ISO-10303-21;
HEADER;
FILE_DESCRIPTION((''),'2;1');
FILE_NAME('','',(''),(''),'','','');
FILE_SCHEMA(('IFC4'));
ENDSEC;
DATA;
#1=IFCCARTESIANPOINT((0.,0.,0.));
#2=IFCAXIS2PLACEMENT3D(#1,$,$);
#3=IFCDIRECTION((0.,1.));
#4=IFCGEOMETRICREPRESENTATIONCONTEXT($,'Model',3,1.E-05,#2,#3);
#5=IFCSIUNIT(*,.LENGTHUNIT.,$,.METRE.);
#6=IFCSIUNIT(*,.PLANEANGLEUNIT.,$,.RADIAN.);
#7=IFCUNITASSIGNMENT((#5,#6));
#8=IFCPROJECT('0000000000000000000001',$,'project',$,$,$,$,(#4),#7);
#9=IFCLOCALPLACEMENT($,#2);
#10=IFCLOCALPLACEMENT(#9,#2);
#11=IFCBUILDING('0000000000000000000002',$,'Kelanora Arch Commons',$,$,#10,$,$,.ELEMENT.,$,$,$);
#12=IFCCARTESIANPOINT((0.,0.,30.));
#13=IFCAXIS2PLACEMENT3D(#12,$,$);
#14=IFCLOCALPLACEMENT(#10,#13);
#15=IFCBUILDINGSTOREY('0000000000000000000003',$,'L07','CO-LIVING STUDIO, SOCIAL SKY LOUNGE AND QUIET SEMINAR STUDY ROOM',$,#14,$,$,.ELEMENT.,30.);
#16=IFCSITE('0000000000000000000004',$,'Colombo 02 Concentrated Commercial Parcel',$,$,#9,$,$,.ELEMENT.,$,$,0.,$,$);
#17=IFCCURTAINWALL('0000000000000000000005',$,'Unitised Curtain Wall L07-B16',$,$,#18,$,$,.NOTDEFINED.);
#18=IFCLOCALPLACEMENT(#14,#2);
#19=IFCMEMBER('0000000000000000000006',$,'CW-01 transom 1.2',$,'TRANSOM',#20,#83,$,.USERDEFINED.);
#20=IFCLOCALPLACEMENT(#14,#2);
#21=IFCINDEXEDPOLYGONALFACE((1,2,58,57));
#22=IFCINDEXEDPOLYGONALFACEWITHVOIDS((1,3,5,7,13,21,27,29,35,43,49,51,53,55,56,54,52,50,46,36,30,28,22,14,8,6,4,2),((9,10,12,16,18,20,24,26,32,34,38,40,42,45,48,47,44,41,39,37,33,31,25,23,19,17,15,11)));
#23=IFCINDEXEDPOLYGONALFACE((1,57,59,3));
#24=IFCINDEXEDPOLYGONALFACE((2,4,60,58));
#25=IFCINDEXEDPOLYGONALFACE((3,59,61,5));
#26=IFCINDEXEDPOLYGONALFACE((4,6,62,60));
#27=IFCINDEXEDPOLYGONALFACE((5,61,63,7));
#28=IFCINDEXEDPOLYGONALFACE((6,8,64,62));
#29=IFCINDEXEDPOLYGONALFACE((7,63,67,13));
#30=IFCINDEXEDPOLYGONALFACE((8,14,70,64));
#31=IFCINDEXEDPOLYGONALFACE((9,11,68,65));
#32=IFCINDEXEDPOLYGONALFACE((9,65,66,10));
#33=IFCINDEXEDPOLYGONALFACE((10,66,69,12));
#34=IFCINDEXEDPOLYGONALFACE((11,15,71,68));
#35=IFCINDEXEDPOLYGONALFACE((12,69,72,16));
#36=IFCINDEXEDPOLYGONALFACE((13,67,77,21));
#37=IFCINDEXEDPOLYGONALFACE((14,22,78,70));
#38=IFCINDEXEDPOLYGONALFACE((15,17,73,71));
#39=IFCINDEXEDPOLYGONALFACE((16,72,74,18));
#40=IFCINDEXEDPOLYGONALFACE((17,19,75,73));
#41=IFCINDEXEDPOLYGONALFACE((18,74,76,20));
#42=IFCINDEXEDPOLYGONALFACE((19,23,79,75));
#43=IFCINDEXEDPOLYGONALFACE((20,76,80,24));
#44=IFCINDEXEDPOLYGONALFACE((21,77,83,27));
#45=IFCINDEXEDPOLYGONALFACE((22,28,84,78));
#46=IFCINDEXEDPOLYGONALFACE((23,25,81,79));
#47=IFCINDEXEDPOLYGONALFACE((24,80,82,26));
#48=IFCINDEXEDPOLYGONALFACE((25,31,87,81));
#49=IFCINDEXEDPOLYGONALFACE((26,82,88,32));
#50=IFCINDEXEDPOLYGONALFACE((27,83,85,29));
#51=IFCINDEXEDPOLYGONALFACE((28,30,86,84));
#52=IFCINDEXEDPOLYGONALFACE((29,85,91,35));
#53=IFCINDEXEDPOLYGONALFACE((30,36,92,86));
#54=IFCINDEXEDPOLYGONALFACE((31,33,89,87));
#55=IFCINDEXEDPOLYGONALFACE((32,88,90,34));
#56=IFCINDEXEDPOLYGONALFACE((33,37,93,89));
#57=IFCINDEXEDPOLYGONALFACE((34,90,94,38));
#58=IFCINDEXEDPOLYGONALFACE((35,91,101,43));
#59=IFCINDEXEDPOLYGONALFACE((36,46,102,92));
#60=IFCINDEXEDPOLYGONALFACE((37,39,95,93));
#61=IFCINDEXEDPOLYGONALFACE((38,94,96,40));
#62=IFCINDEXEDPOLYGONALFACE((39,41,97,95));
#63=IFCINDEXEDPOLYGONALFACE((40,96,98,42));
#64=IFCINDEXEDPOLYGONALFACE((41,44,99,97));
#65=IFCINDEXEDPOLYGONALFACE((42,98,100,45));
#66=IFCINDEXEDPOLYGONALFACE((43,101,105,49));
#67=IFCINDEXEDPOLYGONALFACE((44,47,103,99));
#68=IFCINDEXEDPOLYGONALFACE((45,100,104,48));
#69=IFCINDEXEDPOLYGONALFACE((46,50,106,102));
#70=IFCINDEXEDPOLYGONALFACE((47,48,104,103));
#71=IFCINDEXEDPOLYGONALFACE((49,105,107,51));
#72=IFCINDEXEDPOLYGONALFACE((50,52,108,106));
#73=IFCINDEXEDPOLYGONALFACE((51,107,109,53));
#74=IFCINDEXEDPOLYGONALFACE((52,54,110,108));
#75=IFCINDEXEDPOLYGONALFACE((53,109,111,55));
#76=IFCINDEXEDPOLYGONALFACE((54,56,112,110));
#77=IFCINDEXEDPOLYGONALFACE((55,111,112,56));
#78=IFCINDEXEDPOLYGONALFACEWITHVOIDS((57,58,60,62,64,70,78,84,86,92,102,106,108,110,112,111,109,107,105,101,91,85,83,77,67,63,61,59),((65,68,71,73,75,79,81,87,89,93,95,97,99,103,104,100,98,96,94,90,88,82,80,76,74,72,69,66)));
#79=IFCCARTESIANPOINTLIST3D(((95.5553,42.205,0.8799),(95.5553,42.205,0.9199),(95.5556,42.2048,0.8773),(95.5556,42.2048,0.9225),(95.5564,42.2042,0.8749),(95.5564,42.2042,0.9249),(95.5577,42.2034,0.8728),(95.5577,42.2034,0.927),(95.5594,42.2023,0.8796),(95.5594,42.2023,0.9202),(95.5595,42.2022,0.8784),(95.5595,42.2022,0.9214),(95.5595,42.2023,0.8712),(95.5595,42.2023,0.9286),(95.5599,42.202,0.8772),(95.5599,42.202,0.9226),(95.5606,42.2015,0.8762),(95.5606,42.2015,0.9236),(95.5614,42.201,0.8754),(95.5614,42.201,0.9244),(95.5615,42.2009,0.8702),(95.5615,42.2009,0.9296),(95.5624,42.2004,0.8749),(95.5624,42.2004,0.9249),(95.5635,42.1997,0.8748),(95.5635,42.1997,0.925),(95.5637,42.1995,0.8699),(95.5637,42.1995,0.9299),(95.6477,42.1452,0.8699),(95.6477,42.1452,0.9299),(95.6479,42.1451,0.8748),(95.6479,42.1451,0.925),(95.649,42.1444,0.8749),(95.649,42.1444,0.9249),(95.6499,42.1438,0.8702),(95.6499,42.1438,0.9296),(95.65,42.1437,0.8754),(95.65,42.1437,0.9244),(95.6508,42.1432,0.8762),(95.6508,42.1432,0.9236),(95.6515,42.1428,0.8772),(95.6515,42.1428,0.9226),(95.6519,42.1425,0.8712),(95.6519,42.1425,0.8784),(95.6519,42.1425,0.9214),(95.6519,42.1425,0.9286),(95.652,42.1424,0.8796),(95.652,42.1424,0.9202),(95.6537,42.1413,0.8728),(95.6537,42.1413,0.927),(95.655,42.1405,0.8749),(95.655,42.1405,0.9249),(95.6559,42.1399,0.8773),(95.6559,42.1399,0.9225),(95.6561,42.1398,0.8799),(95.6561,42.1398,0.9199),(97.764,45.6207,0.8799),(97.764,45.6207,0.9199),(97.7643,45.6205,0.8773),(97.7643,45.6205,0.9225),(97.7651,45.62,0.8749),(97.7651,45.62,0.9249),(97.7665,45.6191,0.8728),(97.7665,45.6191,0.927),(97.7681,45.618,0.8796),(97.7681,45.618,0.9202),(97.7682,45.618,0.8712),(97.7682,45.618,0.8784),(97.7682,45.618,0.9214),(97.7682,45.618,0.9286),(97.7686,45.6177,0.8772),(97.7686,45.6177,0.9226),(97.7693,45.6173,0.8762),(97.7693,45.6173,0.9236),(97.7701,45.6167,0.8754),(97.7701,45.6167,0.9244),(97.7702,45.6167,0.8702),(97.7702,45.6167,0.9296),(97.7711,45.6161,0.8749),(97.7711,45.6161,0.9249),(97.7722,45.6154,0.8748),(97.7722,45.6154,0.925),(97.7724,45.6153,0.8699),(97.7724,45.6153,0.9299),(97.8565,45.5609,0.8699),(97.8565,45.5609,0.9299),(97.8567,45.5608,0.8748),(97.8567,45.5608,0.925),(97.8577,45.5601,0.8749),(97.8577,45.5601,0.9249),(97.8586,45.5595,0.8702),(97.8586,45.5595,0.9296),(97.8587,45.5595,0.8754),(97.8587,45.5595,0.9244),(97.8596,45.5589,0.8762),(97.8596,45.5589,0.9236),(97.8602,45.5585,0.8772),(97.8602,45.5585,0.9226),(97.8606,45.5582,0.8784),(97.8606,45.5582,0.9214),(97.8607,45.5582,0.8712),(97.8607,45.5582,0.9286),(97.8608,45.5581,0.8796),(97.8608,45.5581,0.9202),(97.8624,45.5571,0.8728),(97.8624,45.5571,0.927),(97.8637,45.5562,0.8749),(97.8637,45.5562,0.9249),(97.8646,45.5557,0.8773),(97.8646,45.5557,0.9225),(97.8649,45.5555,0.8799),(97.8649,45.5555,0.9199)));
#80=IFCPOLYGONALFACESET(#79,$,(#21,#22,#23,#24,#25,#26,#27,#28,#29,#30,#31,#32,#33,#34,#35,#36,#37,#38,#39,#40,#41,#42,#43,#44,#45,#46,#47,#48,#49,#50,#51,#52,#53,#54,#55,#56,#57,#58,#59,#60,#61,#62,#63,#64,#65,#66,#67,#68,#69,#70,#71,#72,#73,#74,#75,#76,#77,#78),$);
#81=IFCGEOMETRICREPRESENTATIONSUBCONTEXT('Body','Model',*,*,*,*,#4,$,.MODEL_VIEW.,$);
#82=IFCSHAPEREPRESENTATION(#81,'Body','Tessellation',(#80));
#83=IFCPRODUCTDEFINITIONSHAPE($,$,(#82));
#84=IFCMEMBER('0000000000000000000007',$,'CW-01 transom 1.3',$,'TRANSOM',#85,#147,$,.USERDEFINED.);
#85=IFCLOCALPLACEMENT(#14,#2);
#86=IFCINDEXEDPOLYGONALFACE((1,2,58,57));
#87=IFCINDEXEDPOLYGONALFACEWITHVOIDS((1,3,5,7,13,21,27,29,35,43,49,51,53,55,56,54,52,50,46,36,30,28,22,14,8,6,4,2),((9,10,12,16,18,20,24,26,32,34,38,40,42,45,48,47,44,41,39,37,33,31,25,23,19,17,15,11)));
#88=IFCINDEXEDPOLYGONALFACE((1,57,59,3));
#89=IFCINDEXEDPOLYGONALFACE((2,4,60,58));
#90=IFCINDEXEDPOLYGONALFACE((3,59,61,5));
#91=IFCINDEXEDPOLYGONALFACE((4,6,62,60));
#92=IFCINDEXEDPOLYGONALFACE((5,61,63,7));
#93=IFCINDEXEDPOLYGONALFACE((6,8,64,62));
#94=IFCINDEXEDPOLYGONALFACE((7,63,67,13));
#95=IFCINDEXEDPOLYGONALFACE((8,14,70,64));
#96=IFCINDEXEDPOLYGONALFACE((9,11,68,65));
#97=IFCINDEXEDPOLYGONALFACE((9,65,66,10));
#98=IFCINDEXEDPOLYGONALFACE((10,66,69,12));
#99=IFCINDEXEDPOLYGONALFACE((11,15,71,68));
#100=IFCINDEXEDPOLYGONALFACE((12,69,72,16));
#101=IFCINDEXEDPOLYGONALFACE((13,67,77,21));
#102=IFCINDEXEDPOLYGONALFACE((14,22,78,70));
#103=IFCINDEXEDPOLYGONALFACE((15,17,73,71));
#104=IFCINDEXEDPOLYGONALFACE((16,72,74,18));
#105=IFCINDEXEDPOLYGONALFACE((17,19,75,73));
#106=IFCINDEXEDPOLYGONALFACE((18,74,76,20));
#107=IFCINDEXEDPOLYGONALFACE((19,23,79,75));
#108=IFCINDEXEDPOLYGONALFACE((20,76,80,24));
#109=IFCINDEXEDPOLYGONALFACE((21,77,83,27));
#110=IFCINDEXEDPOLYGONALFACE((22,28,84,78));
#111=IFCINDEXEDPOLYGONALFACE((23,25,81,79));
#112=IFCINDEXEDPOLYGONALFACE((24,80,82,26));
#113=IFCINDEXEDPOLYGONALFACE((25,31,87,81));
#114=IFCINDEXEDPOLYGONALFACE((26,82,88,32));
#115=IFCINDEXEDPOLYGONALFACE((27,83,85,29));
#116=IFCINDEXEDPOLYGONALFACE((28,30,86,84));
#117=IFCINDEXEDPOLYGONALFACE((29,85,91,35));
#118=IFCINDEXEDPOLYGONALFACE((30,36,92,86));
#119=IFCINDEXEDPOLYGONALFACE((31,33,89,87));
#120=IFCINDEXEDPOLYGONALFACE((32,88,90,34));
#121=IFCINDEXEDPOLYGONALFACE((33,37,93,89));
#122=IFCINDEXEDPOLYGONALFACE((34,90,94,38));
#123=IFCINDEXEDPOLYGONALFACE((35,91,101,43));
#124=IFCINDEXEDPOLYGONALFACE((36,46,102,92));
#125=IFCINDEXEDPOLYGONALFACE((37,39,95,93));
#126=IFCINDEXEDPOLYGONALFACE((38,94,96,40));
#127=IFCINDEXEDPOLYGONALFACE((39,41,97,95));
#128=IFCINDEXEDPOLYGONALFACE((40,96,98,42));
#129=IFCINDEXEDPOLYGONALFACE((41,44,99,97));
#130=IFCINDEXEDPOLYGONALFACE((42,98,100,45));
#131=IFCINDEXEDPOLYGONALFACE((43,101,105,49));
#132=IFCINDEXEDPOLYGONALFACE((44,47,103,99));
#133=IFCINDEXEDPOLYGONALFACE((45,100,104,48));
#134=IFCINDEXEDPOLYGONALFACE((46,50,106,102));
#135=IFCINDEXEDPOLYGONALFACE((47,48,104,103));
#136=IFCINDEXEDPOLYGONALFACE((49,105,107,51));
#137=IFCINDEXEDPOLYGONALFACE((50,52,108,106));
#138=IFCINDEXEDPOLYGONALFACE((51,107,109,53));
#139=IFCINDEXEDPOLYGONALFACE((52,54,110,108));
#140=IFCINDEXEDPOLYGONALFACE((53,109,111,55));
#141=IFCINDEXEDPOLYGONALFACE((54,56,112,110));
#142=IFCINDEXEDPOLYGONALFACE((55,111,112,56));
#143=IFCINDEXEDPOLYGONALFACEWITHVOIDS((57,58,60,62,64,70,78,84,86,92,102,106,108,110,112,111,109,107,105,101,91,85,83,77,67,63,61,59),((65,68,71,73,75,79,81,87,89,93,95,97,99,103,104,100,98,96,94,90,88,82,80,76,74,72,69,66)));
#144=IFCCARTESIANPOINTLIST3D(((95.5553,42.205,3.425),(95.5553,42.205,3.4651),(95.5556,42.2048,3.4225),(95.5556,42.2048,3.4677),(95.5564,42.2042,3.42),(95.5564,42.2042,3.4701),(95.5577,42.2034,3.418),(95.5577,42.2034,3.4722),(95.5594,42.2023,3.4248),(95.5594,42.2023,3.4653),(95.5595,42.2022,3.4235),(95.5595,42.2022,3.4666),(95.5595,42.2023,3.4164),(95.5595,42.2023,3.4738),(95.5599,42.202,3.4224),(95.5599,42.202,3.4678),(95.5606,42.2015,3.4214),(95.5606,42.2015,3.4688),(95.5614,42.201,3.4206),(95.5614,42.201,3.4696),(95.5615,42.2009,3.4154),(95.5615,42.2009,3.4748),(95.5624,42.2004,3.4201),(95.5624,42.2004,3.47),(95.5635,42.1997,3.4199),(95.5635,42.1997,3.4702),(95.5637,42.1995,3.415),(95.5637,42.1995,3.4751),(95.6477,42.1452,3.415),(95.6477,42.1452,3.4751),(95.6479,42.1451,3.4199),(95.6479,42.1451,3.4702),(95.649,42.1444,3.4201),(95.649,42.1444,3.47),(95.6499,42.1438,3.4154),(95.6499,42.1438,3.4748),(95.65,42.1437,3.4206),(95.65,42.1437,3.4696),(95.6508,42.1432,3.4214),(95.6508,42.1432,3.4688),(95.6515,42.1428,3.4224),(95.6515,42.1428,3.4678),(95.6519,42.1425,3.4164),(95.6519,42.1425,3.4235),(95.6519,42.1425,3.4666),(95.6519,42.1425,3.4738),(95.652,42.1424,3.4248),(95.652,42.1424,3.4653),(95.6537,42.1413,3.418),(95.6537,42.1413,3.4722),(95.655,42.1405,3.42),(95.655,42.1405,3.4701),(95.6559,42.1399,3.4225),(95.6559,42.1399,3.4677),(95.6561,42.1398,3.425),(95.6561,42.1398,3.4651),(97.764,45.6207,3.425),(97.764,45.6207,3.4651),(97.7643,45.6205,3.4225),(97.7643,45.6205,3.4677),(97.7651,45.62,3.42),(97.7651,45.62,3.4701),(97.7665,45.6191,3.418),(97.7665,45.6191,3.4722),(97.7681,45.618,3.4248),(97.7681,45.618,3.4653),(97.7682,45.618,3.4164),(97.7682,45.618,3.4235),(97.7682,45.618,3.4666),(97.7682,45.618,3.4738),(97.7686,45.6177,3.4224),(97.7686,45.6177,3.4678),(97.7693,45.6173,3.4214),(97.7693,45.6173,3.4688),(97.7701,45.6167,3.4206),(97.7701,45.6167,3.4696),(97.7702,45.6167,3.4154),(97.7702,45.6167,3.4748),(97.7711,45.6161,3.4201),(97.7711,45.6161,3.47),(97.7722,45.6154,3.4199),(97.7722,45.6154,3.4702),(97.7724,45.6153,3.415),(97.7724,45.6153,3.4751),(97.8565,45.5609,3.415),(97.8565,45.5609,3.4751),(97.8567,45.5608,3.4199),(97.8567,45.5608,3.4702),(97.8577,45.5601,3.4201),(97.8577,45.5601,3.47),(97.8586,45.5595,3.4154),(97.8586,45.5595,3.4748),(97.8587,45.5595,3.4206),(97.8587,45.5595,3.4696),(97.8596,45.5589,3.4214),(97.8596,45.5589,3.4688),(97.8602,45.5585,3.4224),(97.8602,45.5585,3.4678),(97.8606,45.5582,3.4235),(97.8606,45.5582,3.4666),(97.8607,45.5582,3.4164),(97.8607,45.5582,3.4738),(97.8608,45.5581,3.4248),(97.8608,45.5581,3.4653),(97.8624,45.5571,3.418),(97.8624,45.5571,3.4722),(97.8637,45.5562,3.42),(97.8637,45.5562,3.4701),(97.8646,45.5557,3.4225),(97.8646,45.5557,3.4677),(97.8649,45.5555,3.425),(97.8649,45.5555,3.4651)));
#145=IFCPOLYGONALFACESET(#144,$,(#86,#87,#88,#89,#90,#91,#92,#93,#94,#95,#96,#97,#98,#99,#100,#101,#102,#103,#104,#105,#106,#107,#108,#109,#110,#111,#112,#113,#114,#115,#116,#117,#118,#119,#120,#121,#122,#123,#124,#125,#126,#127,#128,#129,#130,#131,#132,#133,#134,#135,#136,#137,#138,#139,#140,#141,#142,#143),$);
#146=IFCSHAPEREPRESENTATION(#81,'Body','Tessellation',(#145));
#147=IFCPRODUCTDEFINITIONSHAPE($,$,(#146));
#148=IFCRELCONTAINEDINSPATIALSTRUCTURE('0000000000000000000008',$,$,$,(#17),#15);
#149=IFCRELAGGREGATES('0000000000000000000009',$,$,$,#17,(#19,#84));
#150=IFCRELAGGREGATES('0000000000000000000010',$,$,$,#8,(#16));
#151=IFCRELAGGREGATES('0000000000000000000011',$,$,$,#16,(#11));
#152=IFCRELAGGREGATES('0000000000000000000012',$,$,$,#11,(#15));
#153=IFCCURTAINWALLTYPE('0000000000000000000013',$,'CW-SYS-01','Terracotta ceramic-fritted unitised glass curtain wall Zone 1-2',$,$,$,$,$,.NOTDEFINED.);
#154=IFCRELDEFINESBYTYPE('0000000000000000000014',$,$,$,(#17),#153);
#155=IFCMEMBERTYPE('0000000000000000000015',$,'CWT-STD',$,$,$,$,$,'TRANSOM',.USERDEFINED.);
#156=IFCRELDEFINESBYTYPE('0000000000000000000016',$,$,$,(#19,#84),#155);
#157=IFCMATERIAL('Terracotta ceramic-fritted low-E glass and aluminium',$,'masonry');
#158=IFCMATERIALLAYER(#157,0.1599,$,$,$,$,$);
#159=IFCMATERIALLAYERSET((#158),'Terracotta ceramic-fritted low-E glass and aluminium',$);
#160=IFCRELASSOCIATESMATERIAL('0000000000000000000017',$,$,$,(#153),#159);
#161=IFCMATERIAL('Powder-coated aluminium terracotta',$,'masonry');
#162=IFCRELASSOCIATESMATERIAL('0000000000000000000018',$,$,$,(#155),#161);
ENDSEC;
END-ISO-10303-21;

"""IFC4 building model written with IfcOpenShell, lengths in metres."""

from ifc_helpers import new_model, si_unit, direction, frame, origin, origin_2d, place, context, subcontext, project, spatial, hollow_rectangle, extrude, material, layer, layer_set, material_profile, profile_set, type_object, element, aggregate, save


model = new_model("IFC4")

# Units and contexts
model_context = context("Model", 3, precision=1e-05, world=origin(), true_north=direction((0.0, 1.0)))
body_context = subcontext(model_context, "Body", "Model", "MODEL_VIEW")
ifc_project = project(units=[si_unit("LENGTHUNIT", "METRE"), si_unit("PLANEANGLEUNIT", "RADIAN")], contexts=[model_context])

# Site, building, storey
site_placement = place(None, origin())
site = spatial("IfcSite", under=ifc_project, at=site_placement, Name="Colombo 02 Concentrated Commercial Parcel", CompositionType="ELEMENT", RefElevation=0.0)
building_placement = place(site_placement, origin())
building = spatial("IfcBuilding", under=site, at=building_placement, Name="Kelanora Arch Commons", CompositionType="ELEMENT")
storey_placement = place(building_placement, frame((0.0, 0.0, 30.0)))
storey = spatial("IfcBuildingStorey", under=building, at=storey_placement, Name="L07", Description="CO-LIVING STUDIO, SOCIAL SKY LOUNGE AND QUIET SEMINAR STUDY ROOM", CompositionType="ELEMENT", Elevation=30.0)

# Shared definitions
ifc_material_1 = material(Name="Terracotta ceramic-fritted low-E glass and aluminium", Category="masonry")
ifc_layer_1 = layer(ifc_material_1, 0.1599)
ifc_layer_set_1 = layer_set([ifc_layer_1], Name="Terracotta ceramic-fritted low-E glass and aluminium")
curtain_wall_type = type_object("IfcCurtainWallType", Name="CW-SYS-01", Description="Terracotta ceramic-fritted unitised glass curtain wall Zone 1-2", PredefinedType="NOTDEFINED", material=ifc_layer_set_1)
ifc_material_2 = material(Name="Powder-coated aluminium terracotta", Category="masonry")

# Curtain wall, members
curtain_wall_1_placement = place(storey_placement, origin())
curtain_wall_1 = element("IfcCurtainWall", 1, at=curtain_wall_1_placement, inside=storey, type_object=curtain_wall_type, Name="Unitised Curtain Wall L07-B16", PredefinedType="NOTDEFINED")
ifc_material_profile_1 = material_profile(ifc_material_2, hollow_rectangle(XDim=0.1201, YDim=0.0601, WallThickness=0.0049, InnerFilletRadius=0.0049, OuterFilletRadius=0.01, at=origin_2d()), Name="CWT120x60")
ifc_profile_set_1 = profile_set([ifc_material_profile_1], Name="Powder-coated aluminium terracotta")
member_type_1 = type_object("IfcMemberType", Name="CWT-STD", ElementType="TRANSOM", PredefinedType="USERDEFINED", material=ifc_profile_set_1)
member_1_placement = place(storey_placement, frame((95.6057, 42.1724, 0.8999), z_axis=(0.542997, 0.839734, 0.0), x_axis=(-0.839734, 0.542997, 0.0)))
member_1 = element("IfcMember", 2, at=member_1_placement, type_object=member_type_1, Name="CW-01 transom 1.2", ObjectType="TRANSOM", PredefinedType="USERDEFINED", context=body_context, shape_type="SweptSolid", body=[
    extrude(hollow_rectangle(XDim=0.1201, YDim=0.0601, WallThickness=0.0049, InnerFilletRadius=0.0049, OuterFilletRadius=0.01, at=origin_2d()), origin(), (0.0, 0.0, 1.0), 4.0676),
])
member_2_placement = place(storey_placement, frame((95.6057, 42.1724, 3.4451), z_axis=(0.542997, 0.839734, 0.0), x_axis=(-0.839734, 0.542997, 0.0)))
member_2 = element("IfcMember", 3, at=member_2_placement, type_object=member_type_1, Name="CW-01 transom 1.3", ObjectType="TRANSOM", PredefinedType="USERDEFINED", context=body_context, shape_type="SweptSolid", body=[
    extrude(hollow_rectangle(XDim=0.1201, YDim=0.0601, WallThickness=0.0049, InnerFilletRadius=0.0049, OuterFilletRadius=0.01, at=origin_2d()), origin(), (0.0, 0.0, 1.0), 4.0676),
])
aggregate(curtain_wall_1, [member_1, member_2])

save(model, "model.ifc")
